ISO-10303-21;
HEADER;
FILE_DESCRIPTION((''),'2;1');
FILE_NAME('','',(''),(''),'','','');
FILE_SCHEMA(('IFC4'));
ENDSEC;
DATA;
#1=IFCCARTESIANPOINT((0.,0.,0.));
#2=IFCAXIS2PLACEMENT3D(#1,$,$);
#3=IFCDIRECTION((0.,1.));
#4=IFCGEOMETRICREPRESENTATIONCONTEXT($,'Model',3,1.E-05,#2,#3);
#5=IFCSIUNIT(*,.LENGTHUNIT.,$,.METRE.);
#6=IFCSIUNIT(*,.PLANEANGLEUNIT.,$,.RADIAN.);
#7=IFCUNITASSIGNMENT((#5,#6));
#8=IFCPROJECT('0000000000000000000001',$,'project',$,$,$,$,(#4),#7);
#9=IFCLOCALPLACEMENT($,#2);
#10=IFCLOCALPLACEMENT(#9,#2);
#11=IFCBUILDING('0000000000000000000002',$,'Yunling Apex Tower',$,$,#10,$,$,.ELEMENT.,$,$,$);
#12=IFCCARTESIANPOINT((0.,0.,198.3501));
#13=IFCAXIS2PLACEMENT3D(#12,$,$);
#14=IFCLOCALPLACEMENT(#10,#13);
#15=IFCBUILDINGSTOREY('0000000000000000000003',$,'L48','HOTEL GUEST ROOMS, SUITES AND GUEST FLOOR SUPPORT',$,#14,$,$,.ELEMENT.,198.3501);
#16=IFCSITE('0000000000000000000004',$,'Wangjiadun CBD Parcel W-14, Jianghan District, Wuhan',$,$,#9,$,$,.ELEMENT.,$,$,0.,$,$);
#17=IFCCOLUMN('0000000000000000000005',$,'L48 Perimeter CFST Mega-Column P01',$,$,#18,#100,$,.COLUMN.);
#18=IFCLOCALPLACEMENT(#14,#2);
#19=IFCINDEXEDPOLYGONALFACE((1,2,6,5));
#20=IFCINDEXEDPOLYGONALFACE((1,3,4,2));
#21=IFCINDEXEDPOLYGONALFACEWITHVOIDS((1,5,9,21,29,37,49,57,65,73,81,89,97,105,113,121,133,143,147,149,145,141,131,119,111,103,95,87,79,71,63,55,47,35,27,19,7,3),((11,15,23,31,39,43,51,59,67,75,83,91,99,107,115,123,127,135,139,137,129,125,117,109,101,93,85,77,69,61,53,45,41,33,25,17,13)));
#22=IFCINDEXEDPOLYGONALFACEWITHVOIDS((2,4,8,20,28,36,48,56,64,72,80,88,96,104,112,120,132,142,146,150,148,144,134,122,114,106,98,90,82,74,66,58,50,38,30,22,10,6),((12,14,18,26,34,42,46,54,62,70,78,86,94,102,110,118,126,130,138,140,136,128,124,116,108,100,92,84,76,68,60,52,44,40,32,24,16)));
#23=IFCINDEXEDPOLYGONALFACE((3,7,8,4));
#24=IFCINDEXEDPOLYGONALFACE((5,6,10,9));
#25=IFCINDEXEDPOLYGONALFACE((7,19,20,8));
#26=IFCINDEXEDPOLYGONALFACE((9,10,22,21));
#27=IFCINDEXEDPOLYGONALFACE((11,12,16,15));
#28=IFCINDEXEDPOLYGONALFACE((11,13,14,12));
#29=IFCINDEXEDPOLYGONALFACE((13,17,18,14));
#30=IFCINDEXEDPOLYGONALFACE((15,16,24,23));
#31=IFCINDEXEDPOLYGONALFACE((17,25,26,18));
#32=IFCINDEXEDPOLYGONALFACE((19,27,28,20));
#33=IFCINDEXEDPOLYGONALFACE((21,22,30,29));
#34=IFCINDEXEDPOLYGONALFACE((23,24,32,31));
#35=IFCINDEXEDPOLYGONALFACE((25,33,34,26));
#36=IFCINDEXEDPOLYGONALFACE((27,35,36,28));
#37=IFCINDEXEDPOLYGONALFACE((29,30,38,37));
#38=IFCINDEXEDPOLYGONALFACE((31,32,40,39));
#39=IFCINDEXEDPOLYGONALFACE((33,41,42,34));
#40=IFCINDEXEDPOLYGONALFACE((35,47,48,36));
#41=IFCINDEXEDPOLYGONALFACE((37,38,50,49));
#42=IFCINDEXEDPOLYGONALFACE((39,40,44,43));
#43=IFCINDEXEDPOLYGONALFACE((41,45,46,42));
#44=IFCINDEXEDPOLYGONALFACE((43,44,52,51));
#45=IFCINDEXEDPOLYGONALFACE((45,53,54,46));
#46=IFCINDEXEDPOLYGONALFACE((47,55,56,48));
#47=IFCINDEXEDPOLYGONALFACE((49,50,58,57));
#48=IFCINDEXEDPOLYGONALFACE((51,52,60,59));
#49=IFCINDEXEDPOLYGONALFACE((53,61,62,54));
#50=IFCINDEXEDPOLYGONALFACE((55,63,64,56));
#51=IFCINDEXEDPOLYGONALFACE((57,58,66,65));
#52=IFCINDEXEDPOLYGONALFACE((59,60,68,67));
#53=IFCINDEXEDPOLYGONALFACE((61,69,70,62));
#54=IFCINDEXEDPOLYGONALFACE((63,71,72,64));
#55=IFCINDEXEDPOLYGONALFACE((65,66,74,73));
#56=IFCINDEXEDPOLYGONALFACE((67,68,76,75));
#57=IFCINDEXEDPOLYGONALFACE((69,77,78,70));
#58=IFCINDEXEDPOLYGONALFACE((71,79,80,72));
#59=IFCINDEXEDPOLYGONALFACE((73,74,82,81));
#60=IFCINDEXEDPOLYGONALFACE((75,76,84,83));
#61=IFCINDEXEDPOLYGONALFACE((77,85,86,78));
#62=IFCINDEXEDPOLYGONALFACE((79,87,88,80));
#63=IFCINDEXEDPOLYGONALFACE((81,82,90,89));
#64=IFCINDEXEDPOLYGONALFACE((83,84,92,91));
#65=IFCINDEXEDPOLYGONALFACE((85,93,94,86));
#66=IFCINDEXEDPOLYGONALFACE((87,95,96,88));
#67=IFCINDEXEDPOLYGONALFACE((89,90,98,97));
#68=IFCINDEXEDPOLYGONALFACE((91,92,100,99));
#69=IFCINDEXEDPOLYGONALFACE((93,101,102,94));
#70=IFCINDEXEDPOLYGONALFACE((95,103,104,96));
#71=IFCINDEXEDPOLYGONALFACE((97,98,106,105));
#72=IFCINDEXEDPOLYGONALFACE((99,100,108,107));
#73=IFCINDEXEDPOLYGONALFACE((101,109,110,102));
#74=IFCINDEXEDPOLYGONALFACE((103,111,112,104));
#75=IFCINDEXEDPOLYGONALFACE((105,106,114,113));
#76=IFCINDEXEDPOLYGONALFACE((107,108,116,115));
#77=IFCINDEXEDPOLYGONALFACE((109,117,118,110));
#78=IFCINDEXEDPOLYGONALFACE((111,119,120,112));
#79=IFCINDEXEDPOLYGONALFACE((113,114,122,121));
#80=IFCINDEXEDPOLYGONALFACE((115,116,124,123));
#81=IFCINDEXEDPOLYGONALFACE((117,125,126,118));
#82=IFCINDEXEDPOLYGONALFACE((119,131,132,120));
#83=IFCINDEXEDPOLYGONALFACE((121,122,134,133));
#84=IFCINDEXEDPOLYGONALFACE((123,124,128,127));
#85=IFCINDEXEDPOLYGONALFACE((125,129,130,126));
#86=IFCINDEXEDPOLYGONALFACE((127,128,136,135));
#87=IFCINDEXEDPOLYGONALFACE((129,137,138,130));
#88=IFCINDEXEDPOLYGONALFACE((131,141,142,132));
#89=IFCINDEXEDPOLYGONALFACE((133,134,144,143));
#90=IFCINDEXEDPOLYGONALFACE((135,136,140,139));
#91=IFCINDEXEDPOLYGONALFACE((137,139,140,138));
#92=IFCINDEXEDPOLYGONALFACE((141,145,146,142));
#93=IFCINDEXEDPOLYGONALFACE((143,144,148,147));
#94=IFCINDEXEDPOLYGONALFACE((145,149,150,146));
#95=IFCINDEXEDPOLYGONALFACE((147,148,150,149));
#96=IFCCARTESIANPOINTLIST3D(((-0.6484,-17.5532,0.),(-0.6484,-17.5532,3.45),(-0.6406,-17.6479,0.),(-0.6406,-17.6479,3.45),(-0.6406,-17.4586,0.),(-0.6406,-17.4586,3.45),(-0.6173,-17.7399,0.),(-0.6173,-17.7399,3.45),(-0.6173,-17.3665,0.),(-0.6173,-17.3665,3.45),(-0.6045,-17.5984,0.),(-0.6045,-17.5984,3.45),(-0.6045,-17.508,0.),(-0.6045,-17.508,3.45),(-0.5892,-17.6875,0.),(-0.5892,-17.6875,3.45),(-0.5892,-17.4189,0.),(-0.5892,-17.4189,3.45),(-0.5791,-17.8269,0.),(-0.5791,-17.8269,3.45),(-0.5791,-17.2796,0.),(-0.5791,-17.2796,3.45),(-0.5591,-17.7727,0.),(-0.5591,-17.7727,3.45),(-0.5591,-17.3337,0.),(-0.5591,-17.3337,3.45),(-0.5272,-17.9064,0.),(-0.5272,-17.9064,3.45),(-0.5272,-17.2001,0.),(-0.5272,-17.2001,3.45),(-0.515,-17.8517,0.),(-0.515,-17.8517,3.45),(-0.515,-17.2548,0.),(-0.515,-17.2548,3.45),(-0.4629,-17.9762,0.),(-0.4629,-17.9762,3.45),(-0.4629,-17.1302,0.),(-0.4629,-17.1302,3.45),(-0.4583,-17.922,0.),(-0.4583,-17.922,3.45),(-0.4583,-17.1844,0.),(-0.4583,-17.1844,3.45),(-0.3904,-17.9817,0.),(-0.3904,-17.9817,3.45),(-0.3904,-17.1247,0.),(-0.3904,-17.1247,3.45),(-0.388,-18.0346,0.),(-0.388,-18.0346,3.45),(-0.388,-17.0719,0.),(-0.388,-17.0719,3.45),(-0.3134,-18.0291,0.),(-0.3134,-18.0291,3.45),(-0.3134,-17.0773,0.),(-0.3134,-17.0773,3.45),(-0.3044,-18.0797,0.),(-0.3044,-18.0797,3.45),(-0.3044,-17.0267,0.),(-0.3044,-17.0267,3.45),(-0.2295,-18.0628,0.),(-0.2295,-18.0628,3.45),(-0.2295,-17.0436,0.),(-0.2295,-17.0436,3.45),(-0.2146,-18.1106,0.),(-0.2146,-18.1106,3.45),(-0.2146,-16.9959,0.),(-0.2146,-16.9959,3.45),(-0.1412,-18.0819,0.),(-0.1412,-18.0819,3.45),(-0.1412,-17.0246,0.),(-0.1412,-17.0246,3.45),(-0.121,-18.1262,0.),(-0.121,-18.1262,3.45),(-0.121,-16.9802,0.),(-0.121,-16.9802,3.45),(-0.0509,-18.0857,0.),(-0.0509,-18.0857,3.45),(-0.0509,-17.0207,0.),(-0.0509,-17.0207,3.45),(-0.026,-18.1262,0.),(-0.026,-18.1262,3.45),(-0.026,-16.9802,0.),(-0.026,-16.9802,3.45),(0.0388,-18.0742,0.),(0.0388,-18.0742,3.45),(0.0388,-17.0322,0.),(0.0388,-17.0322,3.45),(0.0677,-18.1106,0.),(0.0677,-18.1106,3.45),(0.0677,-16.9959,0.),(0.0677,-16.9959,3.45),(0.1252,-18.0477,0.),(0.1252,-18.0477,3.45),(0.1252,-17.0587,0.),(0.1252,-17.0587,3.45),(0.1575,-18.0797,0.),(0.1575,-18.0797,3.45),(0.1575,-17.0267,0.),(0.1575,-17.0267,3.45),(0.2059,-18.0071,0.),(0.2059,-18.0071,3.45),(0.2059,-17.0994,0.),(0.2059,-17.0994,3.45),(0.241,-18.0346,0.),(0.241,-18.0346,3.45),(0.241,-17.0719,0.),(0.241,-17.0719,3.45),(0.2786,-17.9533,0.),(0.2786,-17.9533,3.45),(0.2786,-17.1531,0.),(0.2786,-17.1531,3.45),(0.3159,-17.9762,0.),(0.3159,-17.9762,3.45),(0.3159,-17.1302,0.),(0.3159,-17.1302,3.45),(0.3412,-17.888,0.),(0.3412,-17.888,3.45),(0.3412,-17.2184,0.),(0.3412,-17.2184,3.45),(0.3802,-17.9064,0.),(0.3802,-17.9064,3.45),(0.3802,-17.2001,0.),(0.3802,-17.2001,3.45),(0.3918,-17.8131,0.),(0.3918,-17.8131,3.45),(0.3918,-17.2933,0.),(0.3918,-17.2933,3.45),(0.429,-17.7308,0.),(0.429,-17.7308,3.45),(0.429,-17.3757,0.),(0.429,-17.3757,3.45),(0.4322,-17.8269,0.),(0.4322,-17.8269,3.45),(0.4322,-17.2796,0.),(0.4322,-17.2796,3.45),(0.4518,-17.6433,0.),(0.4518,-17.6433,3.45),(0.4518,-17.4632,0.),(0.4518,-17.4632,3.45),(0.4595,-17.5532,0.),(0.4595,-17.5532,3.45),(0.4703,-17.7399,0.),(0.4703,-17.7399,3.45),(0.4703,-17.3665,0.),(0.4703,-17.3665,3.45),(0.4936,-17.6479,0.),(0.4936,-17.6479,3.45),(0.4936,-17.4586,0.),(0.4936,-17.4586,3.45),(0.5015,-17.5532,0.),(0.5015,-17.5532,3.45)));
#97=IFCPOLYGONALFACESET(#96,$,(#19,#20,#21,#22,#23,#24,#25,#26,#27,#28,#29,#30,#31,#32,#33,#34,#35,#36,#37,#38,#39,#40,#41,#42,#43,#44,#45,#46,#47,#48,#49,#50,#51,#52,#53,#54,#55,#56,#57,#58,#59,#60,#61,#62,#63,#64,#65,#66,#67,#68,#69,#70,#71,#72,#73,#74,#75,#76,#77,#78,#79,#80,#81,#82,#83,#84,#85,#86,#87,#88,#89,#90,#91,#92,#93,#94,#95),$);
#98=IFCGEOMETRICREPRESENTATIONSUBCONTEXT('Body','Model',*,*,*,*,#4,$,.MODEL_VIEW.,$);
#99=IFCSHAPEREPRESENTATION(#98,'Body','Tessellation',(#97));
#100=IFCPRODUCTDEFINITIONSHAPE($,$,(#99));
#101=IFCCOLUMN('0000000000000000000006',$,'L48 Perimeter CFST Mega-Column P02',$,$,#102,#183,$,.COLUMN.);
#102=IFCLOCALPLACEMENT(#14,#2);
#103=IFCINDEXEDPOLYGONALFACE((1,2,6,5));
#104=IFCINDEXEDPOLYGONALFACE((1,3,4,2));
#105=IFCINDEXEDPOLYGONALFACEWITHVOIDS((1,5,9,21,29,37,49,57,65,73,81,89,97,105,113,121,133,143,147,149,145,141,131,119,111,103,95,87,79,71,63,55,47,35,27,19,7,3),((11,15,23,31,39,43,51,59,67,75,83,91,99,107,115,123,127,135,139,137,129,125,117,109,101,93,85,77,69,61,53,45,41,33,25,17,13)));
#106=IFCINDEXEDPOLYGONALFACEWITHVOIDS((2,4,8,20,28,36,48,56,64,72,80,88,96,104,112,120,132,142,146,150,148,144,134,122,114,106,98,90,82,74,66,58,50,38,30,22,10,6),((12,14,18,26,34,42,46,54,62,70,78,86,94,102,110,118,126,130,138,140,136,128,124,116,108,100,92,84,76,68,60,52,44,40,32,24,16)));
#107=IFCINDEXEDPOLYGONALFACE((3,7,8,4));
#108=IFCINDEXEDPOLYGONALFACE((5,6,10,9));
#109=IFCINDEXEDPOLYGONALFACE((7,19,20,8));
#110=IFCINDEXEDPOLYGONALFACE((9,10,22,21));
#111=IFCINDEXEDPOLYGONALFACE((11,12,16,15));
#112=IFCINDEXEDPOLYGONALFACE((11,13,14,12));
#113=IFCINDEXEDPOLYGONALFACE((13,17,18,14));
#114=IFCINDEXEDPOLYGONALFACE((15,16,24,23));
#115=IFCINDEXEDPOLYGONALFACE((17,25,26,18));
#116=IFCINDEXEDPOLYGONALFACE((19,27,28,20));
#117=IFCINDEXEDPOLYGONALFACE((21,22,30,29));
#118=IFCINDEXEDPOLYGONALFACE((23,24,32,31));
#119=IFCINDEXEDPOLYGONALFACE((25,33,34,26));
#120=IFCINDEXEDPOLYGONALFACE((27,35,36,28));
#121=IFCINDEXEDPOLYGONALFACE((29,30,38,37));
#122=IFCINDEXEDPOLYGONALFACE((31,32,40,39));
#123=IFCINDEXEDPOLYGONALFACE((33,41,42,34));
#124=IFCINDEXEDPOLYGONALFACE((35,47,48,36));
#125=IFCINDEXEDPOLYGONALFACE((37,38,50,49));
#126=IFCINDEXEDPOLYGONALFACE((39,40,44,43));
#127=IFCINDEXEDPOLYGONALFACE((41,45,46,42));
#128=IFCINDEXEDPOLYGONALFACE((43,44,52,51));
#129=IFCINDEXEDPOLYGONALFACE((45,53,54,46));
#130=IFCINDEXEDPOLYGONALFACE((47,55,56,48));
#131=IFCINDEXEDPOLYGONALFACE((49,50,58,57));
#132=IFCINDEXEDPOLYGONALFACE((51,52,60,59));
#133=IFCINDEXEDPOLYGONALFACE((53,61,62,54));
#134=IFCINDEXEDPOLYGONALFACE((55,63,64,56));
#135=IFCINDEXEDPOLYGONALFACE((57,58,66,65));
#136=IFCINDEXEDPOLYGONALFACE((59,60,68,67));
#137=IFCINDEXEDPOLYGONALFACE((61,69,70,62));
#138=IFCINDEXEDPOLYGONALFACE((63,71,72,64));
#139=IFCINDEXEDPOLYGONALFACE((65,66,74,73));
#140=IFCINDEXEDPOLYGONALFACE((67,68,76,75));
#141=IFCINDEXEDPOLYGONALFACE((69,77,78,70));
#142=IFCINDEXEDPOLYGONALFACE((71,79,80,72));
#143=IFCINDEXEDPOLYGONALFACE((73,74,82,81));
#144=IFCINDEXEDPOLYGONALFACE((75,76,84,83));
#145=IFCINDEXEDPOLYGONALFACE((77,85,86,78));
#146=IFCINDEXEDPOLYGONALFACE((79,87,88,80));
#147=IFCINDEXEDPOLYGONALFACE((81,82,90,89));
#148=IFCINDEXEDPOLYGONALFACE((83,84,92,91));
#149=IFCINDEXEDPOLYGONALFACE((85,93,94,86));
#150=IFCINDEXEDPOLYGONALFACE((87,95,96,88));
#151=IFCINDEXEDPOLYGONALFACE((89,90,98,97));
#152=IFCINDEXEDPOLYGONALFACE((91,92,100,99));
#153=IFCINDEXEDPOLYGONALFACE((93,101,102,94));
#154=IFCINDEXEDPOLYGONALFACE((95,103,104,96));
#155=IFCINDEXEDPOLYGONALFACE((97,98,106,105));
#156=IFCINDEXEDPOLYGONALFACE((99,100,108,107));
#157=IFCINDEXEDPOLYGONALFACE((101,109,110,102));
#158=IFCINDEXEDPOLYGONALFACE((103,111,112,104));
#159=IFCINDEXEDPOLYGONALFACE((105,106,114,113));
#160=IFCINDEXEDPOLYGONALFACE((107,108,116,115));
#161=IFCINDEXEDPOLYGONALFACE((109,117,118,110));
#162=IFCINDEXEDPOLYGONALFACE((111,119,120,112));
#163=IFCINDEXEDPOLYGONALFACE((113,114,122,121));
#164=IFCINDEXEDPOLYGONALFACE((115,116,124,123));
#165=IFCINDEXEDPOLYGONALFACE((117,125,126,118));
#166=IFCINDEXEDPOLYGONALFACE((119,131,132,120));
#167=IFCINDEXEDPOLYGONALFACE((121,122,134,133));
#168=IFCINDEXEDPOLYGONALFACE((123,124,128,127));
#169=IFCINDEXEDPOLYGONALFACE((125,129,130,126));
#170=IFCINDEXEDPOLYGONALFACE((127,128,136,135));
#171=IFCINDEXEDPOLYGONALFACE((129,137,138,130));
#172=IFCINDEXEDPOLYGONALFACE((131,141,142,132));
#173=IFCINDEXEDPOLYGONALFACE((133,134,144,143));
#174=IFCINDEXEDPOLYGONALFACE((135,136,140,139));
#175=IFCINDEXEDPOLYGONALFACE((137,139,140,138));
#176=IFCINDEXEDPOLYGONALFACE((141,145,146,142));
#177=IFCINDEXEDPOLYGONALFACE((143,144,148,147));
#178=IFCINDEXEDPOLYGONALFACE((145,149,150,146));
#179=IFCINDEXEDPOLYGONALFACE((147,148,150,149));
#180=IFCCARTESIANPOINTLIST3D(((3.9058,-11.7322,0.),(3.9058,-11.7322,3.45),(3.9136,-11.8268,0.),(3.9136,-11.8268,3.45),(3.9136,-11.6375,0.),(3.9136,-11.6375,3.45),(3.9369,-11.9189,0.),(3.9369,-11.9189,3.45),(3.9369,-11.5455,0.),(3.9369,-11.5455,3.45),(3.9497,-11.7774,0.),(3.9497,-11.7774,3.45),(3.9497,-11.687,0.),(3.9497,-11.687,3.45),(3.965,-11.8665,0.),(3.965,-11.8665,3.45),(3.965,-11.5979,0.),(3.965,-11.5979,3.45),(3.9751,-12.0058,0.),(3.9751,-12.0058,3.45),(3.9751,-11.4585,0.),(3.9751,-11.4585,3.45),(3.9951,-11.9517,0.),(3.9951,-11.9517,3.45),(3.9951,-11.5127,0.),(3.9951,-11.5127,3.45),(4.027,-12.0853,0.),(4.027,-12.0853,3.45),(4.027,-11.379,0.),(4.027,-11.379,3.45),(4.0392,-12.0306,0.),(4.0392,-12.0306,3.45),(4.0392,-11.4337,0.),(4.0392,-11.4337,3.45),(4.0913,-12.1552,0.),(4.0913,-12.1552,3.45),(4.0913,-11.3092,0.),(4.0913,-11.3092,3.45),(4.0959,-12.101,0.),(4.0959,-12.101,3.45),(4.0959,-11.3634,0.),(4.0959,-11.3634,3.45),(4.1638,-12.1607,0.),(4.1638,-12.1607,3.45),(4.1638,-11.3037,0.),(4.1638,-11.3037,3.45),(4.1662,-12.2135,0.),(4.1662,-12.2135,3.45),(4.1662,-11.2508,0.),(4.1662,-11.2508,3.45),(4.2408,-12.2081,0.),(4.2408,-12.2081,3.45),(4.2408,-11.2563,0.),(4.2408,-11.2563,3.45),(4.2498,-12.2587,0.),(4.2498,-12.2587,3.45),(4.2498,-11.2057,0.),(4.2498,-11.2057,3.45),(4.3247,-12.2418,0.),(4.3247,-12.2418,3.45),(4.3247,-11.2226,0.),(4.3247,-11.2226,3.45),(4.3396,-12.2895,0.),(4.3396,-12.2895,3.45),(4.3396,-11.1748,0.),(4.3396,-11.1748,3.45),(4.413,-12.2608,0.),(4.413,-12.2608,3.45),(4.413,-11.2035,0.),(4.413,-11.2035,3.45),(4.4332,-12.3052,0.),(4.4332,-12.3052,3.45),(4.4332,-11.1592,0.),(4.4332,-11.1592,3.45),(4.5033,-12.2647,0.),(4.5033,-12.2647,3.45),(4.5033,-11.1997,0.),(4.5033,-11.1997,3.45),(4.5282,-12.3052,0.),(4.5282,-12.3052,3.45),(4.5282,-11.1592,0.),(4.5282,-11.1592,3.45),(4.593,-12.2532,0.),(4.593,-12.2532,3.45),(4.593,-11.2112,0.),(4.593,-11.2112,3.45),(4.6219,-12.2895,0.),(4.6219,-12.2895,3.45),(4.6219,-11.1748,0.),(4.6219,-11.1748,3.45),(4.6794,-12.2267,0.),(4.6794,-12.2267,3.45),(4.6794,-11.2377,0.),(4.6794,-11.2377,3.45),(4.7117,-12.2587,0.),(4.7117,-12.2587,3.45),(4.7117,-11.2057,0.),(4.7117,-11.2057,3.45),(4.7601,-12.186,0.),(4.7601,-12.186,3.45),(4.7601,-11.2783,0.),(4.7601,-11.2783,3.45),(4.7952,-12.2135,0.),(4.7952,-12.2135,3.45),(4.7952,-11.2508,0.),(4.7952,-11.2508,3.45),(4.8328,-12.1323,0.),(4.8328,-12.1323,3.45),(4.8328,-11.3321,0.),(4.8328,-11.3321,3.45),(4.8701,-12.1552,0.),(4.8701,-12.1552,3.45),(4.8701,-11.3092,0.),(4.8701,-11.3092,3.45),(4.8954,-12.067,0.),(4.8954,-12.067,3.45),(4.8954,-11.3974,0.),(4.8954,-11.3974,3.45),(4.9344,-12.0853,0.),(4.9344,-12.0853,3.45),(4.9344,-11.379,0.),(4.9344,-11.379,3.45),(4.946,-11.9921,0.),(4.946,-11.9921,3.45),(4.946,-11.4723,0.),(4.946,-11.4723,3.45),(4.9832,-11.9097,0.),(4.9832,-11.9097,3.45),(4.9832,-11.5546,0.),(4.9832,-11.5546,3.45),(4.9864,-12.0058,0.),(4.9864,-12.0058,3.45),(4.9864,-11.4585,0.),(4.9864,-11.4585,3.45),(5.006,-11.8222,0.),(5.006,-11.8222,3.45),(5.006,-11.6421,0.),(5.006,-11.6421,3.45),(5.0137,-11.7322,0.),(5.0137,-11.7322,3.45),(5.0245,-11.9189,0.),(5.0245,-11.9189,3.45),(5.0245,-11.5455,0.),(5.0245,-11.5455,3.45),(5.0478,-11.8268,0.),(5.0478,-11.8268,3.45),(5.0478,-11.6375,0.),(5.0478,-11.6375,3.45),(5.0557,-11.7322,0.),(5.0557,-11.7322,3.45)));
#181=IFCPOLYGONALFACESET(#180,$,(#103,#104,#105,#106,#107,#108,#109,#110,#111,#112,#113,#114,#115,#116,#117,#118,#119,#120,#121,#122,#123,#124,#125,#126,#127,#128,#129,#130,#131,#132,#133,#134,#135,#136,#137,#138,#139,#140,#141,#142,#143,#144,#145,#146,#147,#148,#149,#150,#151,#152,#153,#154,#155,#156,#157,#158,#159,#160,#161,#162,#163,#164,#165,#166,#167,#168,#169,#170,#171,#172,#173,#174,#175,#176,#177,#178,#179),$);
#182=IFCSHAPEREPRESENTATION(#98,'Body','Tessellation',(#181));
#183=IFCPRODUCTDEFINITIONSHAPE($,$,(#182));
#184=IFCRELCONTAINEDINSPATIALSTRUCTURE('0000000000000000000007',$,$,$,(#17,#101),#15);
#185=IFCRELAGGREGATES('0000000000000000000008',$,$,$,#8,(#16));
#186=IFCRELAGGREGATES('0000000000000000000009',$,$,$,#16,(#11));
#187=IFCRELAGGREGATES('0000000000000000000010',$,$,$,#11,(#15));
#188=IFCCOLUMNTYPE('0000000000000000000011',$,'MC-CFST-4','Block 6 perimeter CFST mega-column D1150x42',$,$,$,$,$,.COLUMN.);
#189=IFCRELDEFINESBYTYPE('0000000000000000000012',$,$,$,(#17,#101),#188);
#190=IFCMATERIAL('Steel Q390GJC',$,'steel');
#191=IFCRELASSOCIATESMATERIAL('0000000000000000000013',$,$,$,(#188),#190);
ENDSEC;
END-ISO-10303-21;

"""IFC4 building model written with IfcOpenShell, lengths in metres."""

from ifc_helpers import new_model, si_unit, direction, frame, origin, origin_2d, place, context, subcontext, project, spatial, hollow_circle, extrude, source, transform, mapped, material, material_profile, profile_set, type_object, element, save


model = new_model("IFC4")

# Units and contexts
model_context = context("Model", 3, precision=1e-05, world=origin(), true_north=direction((0.0, 1.0)))
body_context = subcontext(model_context, "Body", "Model", "MODEL_VIEW")
ifc_project = project(units=[si_unit("LENGTHUNIT", "METRE"), si_unit("PLANEANGLEUNIT", "RADIAN")], contexts=[model_context])

# Site, building, storey
site_placement = place(None, origin())
site = spatial("IfcSite", under=ifc_project, at=site_placement, Name="Wangjiadun CBD Parcel W-14, Jianghan District, Wuhan", CompositionType="ELEMENT", RefElevation=0.0)
building_placement = place(site_placement, origin())
building = spatial("IfcBuilding", under=site, at=building_placement, Name="Yunling Apex Tower", CompositionType="ELEMENT")
storey_placement = place(building_placement, frame((0.0, 0.0, 198.3501)))
storey = spatial("IfcBuildingStorey", under=building, at=storey_placement, Name="L48", Description="HOTEL GUEST ROOMS, SUITES AND GUEST FLOOR SUPPORT", CompositionType="ELEMENT", Elevation=198.3501)

# Columns
ifc_material_1 = material(Name="Steel Q390GJC", Category="steel")
ifc_material_profile_1 = material_profile(ifc_material_1, hollow_circle(Radius=0.575, WallThickness=0.042, at=origin_2d()))
ifc_profile_set_1 = profile_set([ifc_material_profile_1], Name="Steel Q390GJC")
column_type = type_object("IfcColumnType", Name="MC-CFST-4", Description="Block 6 perimeter CFST mega-column D1150x42", PredefinedType="COLUMN", material=ifc_profile_set_1)
shared_shape_1 = source(origin(), body_context, "Body", "SweptSolid", [
    extrude(hollow_circle(Radius=0.575, WallThickness=0.042, at=origin_2d()), origin(), (0.0, 0.0, 1.0), 3.45),
])
for number, where, z_axis, x_axis, name in (
    (1, (-0.0735, -17.5532, 0.0), (0.0, 0.0, 1.0), (1.0, 0.0, 0.0), "L48 Perimeter CFST Mega-Column P01"),
    (2, (4.4807, -11.7322, 0.0), (0.0, 0.0, 1.0), (1.0, 0.0, 0.0), "L48 Perimeter CFST Mega-Column P02"),
):
    element("IfcColumn", number, at=place(storey_placement, frame(where, z_axis=z_axis, x_axis=x_axis)), inside=storey, type_object=column_type, Name=name, PredefinedType="COLUMN", context=body_context, shape_type="MappedRepresentation", body=[
        mapped(shared_shape_1, transform((0.0, 0.0, 0.0), scale=1.0)),
    ])

save(model, "model.ifc")
